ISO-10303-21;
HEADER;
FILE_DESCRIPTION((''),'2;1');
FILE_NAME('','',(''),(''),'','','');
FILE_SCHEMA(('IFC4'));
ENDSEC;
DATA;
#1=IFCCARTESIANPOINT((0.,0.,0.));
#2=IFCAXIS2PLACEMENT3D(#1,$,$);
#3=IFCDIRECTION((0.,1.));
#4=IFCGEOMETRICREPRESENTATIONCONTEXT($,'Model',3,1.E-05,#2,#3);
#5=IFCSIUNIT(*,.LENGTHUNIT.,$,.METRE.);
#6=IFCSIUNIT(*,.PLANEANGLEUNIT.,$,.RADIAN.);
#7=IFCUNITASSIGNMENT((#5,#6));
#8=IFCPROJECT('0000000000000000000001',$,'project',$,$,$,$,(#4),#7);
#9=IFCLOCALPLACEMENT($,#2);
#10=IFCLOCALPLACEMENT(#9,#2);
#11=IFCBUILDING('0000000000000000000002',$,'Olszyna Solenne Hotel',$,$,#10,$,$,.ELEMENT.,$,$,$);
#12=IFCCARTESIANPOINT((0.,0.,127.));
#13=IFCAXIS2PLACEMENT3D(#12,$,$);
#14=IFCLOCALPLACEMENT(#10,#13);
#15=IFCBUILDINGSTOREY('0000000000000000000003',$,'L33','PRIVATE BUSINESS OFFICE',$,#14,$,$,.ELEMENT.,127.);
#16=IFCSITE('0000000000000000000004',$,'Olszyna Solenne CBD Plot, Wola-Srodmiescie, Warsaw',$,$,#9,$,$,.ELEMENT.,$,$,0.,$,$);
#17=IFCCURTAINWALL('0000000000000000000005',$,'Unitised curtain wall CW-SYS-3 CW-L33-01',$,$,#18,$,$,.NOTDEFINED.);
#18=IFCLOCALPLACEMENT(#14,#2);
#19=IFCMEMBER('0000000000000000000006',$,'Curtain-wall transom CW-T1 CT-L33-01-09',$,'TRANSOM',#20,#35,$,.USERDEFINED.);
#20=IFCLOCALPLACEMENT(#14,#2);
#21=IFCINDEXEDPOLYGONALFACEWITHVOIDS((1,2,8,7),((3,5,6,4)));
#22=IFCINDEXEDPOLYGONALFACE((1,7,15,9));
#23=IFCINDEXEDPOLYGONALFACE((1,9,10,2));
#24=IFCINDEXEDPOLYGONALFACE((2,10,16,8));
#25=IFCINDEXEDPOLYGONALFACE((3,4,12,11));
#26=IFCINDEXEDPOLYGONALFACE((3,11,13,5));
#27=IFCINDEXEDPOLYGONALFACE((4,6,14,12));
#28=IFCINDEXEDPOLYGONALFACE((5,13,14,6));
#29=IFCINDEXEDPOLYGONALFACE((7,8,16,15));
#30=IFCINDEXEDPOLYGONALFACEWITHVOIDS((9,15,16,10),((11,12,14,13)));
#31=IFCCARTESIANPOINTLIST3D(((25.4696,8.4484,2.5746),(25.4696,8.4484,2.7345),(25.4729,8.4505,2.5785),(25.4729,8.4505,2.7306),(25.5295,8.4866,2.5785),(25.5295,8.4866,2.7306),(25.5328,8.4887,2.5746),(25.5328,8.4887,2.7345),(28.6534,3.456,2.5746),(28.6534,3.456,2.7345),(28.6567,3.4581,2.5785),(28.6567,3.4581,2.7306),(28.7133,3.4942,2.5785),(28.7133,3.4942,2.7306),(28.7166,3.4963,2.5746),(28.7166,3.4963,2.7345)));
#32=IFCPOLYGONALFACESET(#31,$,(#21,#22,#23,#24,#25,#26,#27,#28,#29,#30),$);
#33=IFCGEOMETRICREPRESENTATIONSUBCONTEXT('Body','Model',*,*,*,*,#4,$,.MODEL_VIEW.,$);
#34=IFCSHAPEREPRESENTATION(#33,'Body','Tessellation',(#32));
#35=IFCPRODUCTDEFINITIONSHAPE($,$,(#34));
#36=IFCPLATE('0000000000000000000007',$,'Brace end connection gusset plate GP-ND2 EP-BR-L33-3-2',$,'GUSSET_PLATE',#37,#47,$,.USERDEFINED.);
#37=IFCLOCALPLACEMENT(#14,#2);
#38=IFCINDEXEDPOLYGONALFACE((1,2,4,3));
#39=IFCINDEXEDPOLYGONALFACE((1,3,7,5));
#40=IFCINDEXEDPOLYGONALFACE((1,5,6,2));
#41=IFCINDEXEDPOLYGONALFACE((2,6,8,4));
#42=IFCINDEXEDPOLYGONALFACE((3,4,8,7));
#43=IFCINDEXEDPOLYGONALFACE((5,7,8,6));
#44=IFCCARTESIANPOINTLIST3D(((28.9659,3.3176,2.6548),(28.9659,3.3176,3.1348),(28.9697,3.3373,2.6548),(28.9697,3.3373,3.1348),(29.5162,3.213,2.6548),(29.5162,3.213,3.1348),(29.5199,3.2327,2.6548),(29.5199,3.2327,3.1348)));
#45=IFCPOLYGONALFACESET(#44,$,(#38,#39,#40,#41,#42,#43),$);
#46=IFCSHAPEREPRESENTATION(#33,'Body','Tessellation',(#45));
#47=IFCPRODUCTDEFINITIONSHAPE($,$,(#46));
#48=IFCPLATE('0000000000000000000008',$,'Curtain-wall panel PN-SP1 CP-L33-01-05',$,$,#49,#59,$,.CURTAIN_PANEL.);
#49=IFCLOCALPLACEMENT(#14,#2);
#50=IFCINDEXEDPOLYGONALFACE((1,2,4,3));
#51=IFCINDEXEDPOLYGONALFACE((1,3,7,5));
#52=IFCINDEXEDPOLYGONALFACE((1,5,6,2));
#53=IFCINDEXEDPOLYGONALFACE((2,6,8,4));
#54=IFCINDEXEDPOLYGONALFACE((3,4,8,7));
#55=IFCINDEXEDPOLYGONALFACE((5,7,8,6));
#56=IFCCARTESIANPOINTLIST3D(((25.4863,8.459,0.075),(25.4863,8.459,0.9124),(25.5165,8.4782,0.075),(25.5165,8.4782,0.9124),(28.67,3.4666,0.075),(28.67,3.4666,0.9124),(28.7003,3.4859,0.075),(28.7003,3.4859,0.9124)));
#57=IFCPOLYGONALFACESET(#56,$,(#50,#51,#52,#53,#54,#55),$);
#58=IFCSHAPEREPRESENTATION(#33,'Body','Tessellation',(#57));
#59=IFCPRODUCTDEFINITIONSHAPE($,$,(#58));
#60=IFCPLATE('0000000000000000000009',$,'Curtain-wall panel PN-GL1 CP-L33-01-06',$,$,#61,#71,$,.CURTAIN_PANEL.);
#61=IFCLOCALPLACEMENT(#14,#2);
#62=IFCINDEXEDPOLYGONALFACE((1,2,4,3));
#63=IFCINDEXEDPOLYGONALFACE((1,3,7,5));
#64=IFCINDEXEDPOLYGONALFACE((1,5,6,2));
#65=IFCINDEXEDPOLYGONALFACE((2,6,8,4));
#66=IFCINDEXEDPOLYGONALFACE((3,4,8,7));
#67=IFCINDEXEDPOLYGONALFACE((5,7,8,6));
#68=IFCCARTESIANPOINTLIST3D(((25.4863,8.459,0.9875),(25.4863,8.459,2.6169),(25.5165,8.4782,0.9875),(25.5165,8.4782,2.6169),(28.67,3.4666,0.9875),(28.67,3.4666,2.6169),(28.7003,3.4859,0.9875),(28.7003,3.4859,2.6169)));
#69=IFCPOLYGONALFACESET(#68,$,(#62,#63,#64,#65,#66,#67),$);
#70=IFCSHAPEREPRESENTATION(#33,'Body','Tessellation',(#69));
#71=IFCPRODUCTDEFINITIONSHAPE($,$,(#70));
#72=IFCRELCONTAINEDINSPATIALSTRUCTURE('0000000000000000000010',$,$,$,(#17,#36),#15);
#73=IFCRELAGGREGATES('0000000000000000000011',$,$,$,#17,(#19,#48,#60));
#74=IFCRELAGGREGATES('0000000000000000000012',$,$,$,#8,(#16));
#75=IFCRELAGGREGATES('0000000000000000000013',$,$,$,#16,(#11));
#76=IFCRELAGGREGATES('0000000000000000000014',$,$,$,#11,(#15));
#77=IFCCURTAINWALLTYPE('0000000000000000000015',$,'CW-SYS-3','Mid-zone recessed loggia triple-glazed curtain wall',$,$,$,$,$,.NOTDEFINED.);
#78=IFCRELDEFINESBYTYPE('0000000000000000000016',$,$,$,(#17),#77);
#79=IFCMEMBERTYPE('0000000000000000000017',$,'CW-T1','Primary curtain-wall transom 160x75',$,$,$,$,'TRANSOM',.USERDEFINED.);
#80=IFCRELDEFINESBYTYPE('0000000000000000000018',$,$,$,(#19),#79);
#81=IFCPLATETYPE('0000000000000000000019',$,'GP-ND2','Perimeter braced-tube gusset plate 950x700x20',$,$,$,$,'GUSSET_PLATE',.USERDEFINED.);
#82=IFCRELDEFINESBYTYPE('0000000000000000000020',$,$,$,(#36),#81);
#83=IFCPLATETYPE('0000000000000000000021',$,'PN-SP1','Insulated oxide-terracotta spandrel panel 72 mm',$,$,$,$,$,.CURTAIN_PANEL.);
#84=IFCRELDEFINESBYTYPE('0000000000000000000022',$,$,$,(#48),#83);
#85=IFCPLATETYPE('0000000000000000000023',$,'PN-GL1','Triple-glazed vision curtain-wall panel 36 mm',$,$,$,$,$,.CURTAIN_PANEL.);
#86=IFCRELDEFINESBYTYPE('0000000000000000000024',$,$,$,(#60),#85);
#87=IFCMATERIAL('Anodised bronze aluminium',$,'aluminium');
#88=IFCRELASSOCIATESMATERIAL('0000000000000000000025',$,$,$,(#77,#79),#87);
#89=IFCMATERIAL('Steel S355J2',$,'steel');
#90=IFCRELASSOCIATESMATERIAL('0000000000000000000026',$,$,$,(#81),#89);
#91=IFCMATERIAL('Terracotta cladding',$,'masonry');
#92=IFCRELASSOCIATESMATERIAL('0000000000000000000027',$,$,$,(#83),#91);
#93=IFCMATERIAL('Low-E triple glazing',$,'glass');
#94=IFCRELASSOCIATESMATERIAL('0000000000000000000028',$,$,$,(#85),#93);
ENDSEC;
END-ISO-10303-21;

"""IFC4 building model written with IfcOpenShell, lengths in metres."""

from ifc_helpers import new_model, si_unit, direction, frame, origin, origin_2d, place, context, subcontext, project, spatial, rectangle, hollow_rectangle, extrude, source, transform, mapped, material, material_profile, profile_set, type_object, element, aggregate, save


model = new_model("IFC4")

# Units and contexts
model_context = context("Model", 3, precision=1e-05, world=origin(), true_north=direction((0.0, 1.0)))
body_context = subcontext(model_context, "Body", "Model", "MODEL_VIEW")
ifc_project = project(units=[si_unit("LENGTHUNIT", "METRE"), si_unit("PLANEANGLEUNIT", "RADIAN")], contexts=[model_context])

# Site, building, storey
site_placement = place(None, origin())
site = spatial("IfcSite", under=ifc_project, at=site_placement, Name="Olszyna Solenne CBD Plot, Wola-Srodmiescie, Warsaw", CompositionType="ELEMENT", RefElevation=0.0)
building_placement = place(site_placement, origin())
building = spatial("IfcBuilding", under=site, at=building_placement, Name="Olszyna Solenne Hotel", CompositionType="ELEMENT")
storey_placement = place(building_placement, frame((0.0, 0.0, 127.0)))
storey = spatial("IfcBuildingStorey", under=building, at=storey_placement, Name="L33", Description="PRIVATE BUSINESS OFFICE", CompositionType="ELEMENT", Elevation=127.0)

# Shared definitions
ifc_material_1 = material(Name="Steel S355J2", Category="steel")

# Curtain wall, member
ifc_material_2 = material(Name="Anodised bronze aluminium", Category="aluminium")
curtain_wall_type = type_object("IfcCurtainWallType", Name="CW-SYS-3", Description="Mid-zone recessed loggia triple-glazed curtain wall", PredefinedType="NOTDEFINED", material=ifc_material_2)
curtain_wall_placement = place(storey_placement, origin())
curtain_wall = element("IfcCurtainWall", 1, at=curtain_wall_placement, inside=storey, type_object=curtain_wall_type, Name="Unitised curtain wall CW-SYS-3 CW-L33-01", PredefinedType="NOTDEFINED")
ifc_material_profile_1 = material_profile(ifc_material_2, hollow_rectangle(XDim=0.075, YDim=0.1599, WallThickness=0.0039, at=origin_2d()), Name="TRAN 160x75x4", Category="load-bearing")
ifc_profile_set_1 = profile_set([ifc_material_profile_1], Name="Anodised bronze aluminium")
member_type_1 = type_object("IfcMemberType", Name="CW-T1", Description="Primary curtain-wall transom 160x75", ElementType="TRANSOM", PredefinedType="USERDEFINED", material=ifc_profile_set_1)
shared_shape_1 = source(origin(), body_context, "Body", "SweptSolid", [
    extrude(hollow_rectangle(XDim=0.075, YDim=0.1599, WallThickness=0.0039, at=origin_2d()), origin(), (0.0, 0.0, 1.0), 5.9211),
])
member_1_placement = place(storey_placement, frame((25.5012, 8.4685, 2.6545), z_axis=(0.537697, -0.843138, 0.0), x_axis=(0.843138, 0.537697, 0.0)))
member_1 = element("IfcMember", 2, at=member_1_placement, type_object=member_type_1, Name="Curtain-wall transom CW-T1 CT-L33-01-09", ObjectType="TRANSOM", PredefinedType="USERDEFINED", context=body_context, shape_type="MappedRepresentation", body=[
    mapped(shared_shape_1, transform((0.0, 0.0, 0.0), x_axis=(1.0, 0.0, 0.0), y_axis=(0.0, 1.0, 0.0), z_axis=(0.0, 0.0, 1.0), scale=1.0)),
])

# Plates
plate_type_1 = type_object("IfcPlateType", Name="GP-ND2", Description="Perimeter braced-tube gusset plate 950x700x20", ElementType="GUSSET_PLATE", PredefinedType="USERDEFINED", material=ifc_material_1)
shared_shape_2 = source(origin(), body_context, "Body", "SweptSolid", [
    extrude(rectangle(XDim=0.5601, YDim=0.02, at=origin_2d()), origin(), (0.0, 0.0, 1.0), 0.48),
])
plate_1_placement = place(storey_placement, frame((29.2429, 3.2751, 2.6548), z_axis=(0.0, 0.0, 1.0), x_axis=(-0.982418, 0.186696, 0.0)))
element("IfcPlate", 3, at=plate_1_placement, inside=storey, type_object=plate_type_1, Name="Brace end connection gusset plate GP-ND2 EP-BR-L33-3-2", ObjectType="GUSSET_PLATE", PredefinedType="USERDEFINED", context=body_context, shape_type="MappedRepresentation", body=[
    mapped(shared_shape_2, transform((0.0, 0.0, 0.0), x_axis=(1.0, 0.0, 0.0), y_axis=(0.0, 1.0, 0.0), z_axis=(0.0, 0.0, 1.0), scale=1.0)),
])
ifc_material_3 = material(Name="Terracotta cladding", Category="masonry")
plate_type_2 = type_object("IfcPlateType", Name="PN-SP1", Description="Insulated oxide-terracotta spandrel panel 72 mm", PredefinedType="CURTAIN_PANEL", material=ifc_material_3)
shared_shape_3 = source(origin(), body_context, "Body", "SweptSolid", [
    extrude(rectangle(XDim=5.9211, YDim=0.0359, at=origin_2d()), origin(), (0.0, 0.0, 1.0), 0.8374),
])
plate_2_placement = place(storey_placement, frame((27.0933, 5.9724, 0.075), z_axis=(0.0, 0.0, 1.0), x_axis=(0.537687, -0.843144, 0.0)))
plate_2 = element("IfcPlate", 4, at=plate_2_placement, type_object=plate_type_2, Name="Curtain-wall panel PN-SP1 CP-L33-01-05", PredefinedType="CURTAIN_PANEL", context=body_context, shape_type="MappedRepresentation", body=[
    mapped(shared_shape_3, transform((0.0, 0.0, 0.0), x_axis=(1.0, 0.0, 0.0), y_axis=(0.0, 1.0, 0.0), z_axis=(0.0, 0.0, 1.0), scale=1.0)),
])
ifc_material_4 = material(Name="Low-E triple glazing", Category="glass")
plate_type_3 = type_object("IfcPlateType", Name="PN-GL1", Description="Triple-glazed vision curtain-wall panel 36 mm", PredefinedType="CURTAIN_PANEL", material=ifc_material_4)
shared_shape_4 = source(origin(), body_context, "Body", "SweptSolid", [
    extrude(rectangle(XDim=5.9211, YDim=0.0359, at=origin_2d()), origin(), (0.0, 0.0, 1.0), 1.6294),
])
plate_3_placement = place(storey_placement, frame((27.0933, 5.9724, 0.9875), z_axis=(0.0, 0.0, 1.0), x_axis=(0.537687, -0.843144, 0.0)))
plate_3 = element("IfcPlate", 5, at=plate_3_placement, type_object=plate_type_3, Name="Curtain-wall panel PN-GL1 CP-L33-01-06", PredefinedType="CURTAIN_PANEL", context=body_context, shape_type="MappedRepresentation", body=[
    mapped(shared_shape_4, transform((0.0, 0.0, 0.0), x_axis=(1.0, 0.0, 0.0), y_axis=(0.0, 1.0, 0.0), z_axis=(0.0, 0.0, 1.0), scale=1.0)),
])
aggregate(curtain_wall, [member_1, plate_2, plate_3])

save(model, "model.ifc")
